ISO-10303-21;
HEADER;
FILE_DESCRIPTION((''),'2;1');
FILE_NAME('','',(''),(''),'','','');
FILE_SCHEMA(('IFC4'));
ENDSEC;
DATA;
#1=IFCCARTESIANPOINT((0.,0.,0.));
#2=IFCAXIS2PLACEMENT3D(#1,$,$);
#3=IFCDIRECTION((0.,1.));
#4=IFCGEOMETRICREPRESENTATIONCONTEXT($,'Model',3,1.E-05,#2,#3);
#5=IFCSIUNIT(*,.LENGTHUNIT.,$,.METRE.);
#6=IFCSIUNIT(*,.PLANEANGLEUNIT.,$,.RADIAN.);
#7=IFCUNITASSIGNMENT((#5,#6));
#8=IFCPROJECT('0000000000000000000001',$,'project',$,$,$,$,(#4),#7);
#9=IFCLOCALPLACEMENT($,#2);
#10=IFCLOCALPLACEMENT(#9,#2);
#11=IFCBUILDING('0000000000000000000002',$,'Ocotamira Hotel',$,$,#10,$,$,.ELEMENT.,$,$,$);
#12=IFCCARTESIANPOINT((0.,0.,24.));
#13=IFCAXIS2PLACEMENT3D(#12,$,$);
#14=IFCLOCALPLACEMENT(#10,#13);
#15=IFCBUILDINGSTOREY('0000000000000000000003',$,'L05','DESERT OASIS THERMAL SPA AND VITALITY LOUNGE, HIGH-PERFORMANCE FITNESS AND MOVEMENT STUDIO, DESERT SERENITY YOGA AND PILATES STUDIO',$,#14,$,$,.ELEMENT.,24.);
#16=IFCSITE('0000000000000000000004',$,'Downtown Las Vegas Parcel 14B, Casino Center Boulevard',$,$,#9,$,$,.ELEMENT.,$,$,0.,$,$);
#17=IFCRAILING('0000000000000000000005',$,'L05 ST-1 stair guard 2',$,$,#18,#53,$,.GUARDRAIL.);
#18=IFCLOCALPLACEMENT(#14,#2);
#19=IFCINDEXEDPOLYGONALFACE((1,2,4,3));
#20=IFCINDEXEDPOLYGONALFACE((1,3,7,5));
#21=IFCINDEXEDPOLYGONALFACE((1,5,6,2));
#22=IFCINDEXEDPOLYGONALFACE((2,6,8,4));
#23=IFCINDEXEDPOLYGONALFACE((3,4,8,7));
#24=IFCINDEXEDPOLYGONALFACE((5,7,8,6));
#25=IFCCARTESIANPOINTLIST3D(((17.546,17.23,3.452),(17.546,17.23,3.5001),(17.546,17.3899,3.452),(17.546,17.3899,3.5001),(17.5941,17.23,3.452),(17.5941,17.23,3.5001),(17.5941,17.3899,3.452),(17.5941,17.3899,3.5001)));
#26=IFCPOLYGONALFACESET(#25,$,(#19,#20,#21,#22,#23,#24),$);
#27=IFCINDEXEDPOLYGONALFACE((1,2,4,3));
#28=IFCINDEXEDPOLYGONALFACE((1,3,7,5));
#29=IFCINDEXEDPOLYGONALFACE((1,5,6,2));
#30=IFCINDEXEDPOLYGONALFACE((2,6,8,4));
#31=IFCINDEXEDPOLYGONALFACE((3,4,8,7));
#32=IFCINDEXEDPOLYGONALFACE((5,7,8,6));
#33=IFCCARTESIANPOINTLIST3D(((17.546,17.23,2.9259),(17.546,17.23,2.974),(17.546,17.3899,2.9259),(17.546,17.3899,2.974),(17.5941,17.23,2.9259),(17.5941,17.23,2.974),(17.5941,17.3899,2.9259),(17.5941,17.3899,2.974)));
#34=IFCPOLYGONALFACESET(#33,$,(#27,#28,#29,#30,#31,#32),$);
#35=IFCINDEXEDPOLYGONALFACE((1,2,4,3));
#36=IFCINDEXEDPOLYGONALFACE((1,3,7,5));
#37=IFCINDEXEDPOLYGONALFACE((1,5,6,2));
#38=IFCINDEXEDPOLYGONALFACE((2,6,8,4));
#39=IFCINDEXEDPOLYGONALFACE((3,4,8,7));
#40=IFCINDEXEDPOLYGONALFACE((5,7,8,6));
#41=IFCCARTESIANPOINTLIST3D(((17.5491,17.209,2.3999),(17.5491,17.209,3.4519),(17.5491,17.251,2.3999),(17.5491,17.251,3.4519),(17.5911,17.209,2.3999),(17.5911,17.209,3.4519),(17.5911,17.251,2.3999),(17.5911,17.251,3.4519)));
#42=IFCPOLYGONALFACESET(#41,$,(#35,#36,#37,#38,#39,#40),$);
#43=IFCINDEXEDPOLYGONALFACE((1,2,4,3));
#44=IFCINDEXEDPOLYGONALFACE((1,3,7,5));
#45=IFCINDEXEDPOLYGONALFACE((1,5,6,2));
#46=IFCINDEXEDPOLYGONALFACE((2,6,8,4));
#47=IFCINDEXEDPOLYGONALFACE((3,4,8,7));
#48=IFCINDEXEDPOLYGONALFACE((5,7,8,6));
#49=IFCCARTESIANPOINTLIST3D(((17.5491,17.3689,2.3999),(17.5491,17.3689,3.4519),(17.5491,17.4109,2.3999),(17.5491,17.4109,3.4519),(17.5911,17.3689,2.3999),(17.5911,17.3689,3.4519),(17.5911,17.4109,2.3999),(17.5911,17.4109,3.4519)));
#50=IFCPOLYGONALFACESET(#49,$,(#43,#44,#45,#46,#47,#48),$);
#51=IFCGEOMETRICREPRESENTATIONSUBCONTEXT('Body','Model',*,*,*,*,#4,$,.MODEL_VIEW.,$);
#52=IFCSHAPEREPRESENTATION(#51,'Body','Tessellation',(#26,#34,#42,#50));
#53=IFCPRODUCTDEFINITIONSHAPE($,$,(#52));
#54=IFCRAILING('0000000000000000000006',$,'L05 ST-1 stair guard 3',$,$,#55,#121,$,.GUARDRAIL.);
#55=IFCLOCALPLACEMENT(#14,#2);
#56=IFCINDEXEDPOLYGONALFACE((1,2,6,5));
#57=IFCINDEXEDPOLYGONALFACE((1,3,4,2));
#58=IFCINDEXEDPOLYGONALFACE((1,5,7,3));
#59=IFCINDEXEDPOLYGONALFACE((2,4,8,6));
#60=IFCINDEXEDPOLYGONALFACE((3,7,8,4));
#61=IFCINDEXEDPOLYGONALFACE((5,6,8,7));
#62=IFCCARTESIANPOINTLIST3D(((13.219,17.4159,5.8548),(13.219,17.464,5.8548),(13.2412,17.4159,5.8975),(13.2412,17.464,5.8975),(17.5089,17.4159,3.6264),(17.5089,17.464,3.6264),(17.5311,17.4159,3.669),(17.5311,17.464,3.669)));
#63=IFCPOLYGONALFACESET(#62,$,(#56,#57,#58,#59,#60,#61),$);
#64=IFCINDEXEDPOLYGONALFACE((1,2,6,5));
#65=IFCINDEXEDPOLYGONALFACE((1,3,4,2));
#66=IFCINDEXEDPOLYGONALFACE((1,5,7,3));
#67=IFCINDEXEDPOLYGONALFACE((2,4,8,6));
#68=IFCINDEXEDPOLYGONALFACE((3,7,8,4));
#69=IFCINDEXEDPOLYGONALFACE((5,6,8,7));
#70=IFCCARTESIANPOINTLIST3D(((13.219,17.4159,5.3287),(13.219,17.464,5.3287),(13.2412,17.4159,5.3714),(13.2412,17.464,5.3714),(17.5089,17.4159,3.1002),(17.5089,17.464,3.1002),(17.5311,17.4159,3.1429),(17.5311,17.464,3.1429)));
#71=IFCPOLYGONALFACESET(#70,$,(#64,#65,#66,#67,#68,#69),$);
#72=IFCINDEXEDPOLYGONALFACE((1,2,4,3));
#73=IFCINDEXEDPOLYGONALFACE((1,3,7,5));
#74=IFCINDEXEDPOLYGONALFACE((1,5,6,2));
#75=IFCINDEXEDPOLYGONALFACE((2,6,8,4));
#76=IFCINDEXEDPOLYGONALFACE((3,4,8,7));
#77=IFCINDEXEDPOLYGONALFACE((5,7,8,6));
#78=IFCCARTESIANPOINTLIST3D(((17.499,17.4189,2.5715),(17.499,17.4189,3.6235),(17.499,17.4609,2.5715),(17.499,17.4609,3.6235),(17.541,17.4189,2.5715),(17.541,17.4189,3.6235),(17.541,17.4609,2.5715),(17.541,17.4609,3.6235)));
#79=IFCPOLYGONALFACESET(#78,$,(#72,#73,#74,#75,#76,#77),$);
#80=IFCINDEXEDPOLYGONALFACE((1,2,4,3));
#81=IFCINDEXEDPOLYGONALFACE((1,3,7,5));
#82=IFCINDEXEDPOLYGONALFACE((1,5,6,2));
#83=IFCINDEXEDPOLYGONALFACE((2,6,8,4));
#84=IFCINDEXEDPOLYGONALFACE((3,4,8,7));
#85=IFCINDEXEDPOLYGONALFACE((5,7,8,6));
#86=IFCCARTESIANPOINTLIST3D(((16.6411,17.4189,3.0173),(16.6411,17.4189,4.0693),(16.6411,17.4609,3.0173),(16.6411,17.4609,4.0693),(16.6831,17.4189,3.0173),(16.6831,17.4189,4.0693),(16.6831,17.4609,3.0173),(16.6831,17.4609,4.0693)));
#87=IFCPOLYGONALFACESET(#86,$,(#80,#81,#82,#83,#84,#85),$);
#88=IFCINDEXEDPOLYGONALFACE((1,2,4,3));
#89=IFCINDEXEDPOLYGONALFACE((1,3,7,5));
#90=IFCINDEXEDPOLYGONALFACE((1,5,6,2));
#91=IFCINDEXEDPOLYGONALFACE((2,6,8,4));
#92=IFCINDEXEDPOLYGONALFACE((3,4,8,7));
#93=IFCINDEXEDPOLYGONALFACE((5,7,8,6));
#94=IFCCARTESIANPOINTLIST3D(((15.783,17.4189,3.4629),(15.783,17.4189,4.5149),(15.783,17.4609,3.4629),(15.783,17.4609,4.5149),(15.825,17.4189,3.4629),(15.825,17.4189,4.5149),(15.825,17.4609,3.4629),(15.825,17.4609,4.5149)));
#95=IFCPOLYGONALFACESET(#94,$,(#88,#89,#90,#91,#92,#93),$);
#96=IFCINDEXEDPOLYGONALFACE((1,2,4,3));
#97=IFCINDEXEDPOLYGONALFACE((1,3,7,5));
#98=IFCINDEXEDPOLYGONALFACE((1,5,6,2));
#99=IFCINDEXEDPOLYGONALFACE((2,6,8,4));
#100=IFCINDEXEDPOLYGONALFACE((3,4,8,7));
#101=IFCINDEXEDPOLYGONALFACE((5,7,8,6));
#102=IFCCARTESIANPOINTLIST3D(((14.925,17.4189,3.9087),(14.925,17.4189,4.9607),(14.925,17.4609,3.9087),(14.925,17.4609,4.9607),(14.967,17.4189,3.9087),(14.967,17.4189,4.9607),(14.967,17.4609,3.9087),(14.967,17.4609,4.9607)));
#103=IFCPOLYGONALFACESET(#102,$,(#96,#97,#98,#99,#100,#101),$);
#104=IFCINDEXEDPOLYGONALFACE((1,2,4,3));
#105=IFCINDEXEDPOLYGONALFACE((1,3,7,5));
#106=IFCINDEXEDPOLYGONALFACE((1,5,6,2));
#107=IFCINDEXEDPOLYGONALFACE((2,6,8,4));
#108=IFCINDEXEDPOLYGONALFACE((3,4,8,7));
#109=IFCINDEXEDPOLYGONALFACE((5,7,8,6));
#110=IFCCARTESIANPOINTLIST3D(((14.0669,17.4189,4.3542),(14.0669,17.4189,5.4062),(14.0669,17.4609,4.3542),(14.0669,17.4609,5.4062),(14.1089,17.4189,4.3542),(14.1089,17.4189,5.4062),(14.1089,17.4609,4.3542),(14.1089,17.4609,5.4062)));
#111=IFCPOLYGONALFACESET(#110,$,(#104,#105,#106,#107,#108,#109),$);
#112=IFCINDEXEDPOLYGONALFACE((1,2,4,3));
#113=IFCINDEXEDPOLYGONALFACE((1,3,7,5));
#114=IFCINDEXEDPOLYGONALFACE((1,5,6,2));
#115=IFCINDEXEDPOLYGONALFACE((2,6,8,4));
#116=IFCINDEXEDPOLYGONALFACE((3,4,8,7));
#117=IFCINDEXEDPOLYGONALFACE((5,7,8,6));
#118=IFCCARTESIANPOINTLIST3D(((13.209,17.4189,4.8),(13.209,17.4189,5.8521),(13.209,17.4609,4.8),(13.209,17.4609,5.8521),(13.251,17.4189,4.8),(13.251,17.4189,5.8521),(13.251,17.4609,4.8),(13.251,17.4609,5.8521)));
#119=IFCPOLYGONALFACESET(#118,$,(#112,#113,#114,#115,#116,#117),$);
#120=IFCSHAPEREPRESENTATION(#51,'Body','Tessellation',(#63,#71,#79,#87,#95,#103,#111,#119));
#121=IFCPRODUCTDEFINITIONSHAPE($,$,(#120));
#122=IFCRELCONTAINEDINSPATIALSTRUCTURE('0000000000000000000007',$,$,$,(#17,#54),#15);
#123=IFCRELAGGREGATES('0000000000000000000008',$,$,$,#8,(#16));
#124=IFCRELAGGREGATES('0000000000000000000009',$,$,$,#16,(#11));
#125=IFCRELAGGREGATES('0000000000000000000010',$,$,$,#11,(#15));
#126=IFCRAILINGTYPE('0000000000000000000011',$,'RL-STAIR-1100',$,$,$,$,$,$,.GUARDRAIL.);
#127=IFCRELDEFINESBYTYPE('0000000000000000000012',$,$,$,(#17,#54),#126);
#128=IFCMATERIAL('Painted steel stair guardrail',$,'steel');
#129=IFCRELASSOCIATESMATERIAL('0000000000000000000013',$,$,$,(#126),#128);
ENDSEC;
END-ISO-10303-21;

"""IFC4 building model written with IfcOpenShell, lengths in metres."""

from ifc_helpers import new_model, si_unit, direction, frame, origin, origin_2d, place, context, subcontext, project, spatial, rectangle, extrude, material, type_object, element, save


model = new_model("IFC4")

# Units and contexts
model_context = context("Model", 3, precision=1e-05, world=origin(), true_north=direction((0.0, 1.0)))
body_context = subcontext(model_context, "Body", "Model", "MODEL_VIEW")
ifc_project = project(units=[si_unit("LENGTHUNIT", "METRE"), si_unit("PLANEANGLEUNIT", "RADIAN")], contexts=[model_context])

# Site, building, storey
site_placement = place(None, origin())
site = spatial("IfcSite", under=ifc_project, at=site_placement, Name="Downtown Las Vegas Parcel 14B, Casino Center Boulevard", CompositionType="ELEMENT", RefElevation=0.0)
building_placement = place(site_placement, origin())
building = spatial("IfcBuilding", under=site, at=building_placement, Name="Ocotamira Hotel", CompositionType="ELEMENT")
storey_placement = place(building_placement, frame((0.0, 0.0, 24.0)))
storey = spatial("IfcBuildingStorey", under=building, at=storey_placement, Name="L05", Description="DESERT OASIS THERMAL SPA AND VITALITY LOUNGE, HIGH-PERFORMANCE FITNESS AND MOVEMENT STUDIO, DESERT SERENITY YOGA AND PILATES STUDIO", CompositionType="ELEMENT", Elevation=24.0)

# Railings
ifc_material_1 = material(Name="Painted steel stair guardrail", Category="steel")
railing_type_1 = type_object("IfcRailingType", Name="RL-STAIR-1100", PredefinedType="GUARDRAIL", material=ifc_material_1)
railing_1_placement = place(storey_placement, frame((17.5701, 17.23, 2.3999)))
element("IfcRailing", 1, at=railing_1_placement, inside=storey, type_object=railing_type_1, Name="L05 ST-1 stair guard 2", PredefinedType="GUARDRAIL", context=body_context, shape_type="SweptSolid", body=[
    extrude(rectangle(XDim=0.0481, YDim=0.0481, at=origin_2d()), frame((0.0, 0.0, 1.0762), z_axis=(0.0, 1.0, 0.0), x_axis=(-1.0, 0.0, 0.0)), (0.0, 0.0, 1.0), 0.1599),
    extrude(rectangle(XDim=0.0481, YDim=0.0481, at=origin_2d()), frame((0.0, 0.0, 0.55), z_axis=(0.0, 1.0, 0.0), x_axis=(-1.0, 0.0, 0.0)), (0.0, 0.0, 1.0), 0.1599),
    extrude(rectangle(XDim=0.042, YDim=0.042, at=origin_2d()), origin(), (0.0, 0.0, 1.0), 1.052),
    extrude(rectangle(XDim=0.042, YDim=0.042, at=origin_2d()), frame((0.0, 0.1599, 0.0)), (0.0, 0.0, 1.0), 1.052),
])
railing_2_placement = place(storey_placement, frame((17.52, 17.4399, 2.5715)))
element("IfcRailing", 2, at=railing_2_placement, inside=storey, type_object=railing_type_1, Name="L05 ST-1 stair guard 3", PredefinedType="GUARDRAIL", context=body_context, shape_type="SweptSolid", body=[
    extrude(rectangle(XDim=0.0481, YDim=0.0481, at=origin_2d()), frame((0.0, 0.0, 1.0762), z_axis=(-0.887412, 0.0, 0.460977), x_axis=(0.0, -1.0, 0.0)), (0.0, 0.0, 1.0), 4.8342),
    extrude(rectangle(XDim=0.0481, YDim=0.0481, at=origin_2d()), frame((0.0, 0.0, 0.55), z_axis=(-0.887412, 0.0, 0.460977), x_axis=(0.0, -1.0, 0.0)), (0.0, 0.0, 1.0), 4.8342),
    extrude(rectangle(XDim=0.042, YDim=0.042, at=origin_2d()), origin(), (0.0, 0.0, 1.0), 1.052),
    extrude(rectangle(XDim=0.042, YDim=0.042, at=origin_2d()), frame((-0.8579, 0.0, 0.4458)), (0.0, 0.0, 1.0), 1.052),
    extrude(rectangle(XDim=0.042, YDim=0.042, at=origin_2d()), frame((-1.7161, 0.0, 0.8914)), (0.0, 0.0, 1.0), 1.052),
    extrude(rectangle(XDim=0.042, YDim=0.042, at=origin_2d()), frame((-2.574, 0.0, 1.3372)), (0.0, 0.0, 1.0), 1.052),
    extrude(rectangle(XDim=0.042, YDim=0.042, at=origin_2d()), frame((-3.4321, 0.0, 1.7827)), (0.0, 0.0, 1.0), 1.052),
    extrude(rectangle(XDim=0.042, YDim=0.042, at=origin_2d()), frame((-4.29, 0.0, 2.2285)), (0.0, 0.0, 1.0), 1.052),
])

save(model, "model.ifc")
